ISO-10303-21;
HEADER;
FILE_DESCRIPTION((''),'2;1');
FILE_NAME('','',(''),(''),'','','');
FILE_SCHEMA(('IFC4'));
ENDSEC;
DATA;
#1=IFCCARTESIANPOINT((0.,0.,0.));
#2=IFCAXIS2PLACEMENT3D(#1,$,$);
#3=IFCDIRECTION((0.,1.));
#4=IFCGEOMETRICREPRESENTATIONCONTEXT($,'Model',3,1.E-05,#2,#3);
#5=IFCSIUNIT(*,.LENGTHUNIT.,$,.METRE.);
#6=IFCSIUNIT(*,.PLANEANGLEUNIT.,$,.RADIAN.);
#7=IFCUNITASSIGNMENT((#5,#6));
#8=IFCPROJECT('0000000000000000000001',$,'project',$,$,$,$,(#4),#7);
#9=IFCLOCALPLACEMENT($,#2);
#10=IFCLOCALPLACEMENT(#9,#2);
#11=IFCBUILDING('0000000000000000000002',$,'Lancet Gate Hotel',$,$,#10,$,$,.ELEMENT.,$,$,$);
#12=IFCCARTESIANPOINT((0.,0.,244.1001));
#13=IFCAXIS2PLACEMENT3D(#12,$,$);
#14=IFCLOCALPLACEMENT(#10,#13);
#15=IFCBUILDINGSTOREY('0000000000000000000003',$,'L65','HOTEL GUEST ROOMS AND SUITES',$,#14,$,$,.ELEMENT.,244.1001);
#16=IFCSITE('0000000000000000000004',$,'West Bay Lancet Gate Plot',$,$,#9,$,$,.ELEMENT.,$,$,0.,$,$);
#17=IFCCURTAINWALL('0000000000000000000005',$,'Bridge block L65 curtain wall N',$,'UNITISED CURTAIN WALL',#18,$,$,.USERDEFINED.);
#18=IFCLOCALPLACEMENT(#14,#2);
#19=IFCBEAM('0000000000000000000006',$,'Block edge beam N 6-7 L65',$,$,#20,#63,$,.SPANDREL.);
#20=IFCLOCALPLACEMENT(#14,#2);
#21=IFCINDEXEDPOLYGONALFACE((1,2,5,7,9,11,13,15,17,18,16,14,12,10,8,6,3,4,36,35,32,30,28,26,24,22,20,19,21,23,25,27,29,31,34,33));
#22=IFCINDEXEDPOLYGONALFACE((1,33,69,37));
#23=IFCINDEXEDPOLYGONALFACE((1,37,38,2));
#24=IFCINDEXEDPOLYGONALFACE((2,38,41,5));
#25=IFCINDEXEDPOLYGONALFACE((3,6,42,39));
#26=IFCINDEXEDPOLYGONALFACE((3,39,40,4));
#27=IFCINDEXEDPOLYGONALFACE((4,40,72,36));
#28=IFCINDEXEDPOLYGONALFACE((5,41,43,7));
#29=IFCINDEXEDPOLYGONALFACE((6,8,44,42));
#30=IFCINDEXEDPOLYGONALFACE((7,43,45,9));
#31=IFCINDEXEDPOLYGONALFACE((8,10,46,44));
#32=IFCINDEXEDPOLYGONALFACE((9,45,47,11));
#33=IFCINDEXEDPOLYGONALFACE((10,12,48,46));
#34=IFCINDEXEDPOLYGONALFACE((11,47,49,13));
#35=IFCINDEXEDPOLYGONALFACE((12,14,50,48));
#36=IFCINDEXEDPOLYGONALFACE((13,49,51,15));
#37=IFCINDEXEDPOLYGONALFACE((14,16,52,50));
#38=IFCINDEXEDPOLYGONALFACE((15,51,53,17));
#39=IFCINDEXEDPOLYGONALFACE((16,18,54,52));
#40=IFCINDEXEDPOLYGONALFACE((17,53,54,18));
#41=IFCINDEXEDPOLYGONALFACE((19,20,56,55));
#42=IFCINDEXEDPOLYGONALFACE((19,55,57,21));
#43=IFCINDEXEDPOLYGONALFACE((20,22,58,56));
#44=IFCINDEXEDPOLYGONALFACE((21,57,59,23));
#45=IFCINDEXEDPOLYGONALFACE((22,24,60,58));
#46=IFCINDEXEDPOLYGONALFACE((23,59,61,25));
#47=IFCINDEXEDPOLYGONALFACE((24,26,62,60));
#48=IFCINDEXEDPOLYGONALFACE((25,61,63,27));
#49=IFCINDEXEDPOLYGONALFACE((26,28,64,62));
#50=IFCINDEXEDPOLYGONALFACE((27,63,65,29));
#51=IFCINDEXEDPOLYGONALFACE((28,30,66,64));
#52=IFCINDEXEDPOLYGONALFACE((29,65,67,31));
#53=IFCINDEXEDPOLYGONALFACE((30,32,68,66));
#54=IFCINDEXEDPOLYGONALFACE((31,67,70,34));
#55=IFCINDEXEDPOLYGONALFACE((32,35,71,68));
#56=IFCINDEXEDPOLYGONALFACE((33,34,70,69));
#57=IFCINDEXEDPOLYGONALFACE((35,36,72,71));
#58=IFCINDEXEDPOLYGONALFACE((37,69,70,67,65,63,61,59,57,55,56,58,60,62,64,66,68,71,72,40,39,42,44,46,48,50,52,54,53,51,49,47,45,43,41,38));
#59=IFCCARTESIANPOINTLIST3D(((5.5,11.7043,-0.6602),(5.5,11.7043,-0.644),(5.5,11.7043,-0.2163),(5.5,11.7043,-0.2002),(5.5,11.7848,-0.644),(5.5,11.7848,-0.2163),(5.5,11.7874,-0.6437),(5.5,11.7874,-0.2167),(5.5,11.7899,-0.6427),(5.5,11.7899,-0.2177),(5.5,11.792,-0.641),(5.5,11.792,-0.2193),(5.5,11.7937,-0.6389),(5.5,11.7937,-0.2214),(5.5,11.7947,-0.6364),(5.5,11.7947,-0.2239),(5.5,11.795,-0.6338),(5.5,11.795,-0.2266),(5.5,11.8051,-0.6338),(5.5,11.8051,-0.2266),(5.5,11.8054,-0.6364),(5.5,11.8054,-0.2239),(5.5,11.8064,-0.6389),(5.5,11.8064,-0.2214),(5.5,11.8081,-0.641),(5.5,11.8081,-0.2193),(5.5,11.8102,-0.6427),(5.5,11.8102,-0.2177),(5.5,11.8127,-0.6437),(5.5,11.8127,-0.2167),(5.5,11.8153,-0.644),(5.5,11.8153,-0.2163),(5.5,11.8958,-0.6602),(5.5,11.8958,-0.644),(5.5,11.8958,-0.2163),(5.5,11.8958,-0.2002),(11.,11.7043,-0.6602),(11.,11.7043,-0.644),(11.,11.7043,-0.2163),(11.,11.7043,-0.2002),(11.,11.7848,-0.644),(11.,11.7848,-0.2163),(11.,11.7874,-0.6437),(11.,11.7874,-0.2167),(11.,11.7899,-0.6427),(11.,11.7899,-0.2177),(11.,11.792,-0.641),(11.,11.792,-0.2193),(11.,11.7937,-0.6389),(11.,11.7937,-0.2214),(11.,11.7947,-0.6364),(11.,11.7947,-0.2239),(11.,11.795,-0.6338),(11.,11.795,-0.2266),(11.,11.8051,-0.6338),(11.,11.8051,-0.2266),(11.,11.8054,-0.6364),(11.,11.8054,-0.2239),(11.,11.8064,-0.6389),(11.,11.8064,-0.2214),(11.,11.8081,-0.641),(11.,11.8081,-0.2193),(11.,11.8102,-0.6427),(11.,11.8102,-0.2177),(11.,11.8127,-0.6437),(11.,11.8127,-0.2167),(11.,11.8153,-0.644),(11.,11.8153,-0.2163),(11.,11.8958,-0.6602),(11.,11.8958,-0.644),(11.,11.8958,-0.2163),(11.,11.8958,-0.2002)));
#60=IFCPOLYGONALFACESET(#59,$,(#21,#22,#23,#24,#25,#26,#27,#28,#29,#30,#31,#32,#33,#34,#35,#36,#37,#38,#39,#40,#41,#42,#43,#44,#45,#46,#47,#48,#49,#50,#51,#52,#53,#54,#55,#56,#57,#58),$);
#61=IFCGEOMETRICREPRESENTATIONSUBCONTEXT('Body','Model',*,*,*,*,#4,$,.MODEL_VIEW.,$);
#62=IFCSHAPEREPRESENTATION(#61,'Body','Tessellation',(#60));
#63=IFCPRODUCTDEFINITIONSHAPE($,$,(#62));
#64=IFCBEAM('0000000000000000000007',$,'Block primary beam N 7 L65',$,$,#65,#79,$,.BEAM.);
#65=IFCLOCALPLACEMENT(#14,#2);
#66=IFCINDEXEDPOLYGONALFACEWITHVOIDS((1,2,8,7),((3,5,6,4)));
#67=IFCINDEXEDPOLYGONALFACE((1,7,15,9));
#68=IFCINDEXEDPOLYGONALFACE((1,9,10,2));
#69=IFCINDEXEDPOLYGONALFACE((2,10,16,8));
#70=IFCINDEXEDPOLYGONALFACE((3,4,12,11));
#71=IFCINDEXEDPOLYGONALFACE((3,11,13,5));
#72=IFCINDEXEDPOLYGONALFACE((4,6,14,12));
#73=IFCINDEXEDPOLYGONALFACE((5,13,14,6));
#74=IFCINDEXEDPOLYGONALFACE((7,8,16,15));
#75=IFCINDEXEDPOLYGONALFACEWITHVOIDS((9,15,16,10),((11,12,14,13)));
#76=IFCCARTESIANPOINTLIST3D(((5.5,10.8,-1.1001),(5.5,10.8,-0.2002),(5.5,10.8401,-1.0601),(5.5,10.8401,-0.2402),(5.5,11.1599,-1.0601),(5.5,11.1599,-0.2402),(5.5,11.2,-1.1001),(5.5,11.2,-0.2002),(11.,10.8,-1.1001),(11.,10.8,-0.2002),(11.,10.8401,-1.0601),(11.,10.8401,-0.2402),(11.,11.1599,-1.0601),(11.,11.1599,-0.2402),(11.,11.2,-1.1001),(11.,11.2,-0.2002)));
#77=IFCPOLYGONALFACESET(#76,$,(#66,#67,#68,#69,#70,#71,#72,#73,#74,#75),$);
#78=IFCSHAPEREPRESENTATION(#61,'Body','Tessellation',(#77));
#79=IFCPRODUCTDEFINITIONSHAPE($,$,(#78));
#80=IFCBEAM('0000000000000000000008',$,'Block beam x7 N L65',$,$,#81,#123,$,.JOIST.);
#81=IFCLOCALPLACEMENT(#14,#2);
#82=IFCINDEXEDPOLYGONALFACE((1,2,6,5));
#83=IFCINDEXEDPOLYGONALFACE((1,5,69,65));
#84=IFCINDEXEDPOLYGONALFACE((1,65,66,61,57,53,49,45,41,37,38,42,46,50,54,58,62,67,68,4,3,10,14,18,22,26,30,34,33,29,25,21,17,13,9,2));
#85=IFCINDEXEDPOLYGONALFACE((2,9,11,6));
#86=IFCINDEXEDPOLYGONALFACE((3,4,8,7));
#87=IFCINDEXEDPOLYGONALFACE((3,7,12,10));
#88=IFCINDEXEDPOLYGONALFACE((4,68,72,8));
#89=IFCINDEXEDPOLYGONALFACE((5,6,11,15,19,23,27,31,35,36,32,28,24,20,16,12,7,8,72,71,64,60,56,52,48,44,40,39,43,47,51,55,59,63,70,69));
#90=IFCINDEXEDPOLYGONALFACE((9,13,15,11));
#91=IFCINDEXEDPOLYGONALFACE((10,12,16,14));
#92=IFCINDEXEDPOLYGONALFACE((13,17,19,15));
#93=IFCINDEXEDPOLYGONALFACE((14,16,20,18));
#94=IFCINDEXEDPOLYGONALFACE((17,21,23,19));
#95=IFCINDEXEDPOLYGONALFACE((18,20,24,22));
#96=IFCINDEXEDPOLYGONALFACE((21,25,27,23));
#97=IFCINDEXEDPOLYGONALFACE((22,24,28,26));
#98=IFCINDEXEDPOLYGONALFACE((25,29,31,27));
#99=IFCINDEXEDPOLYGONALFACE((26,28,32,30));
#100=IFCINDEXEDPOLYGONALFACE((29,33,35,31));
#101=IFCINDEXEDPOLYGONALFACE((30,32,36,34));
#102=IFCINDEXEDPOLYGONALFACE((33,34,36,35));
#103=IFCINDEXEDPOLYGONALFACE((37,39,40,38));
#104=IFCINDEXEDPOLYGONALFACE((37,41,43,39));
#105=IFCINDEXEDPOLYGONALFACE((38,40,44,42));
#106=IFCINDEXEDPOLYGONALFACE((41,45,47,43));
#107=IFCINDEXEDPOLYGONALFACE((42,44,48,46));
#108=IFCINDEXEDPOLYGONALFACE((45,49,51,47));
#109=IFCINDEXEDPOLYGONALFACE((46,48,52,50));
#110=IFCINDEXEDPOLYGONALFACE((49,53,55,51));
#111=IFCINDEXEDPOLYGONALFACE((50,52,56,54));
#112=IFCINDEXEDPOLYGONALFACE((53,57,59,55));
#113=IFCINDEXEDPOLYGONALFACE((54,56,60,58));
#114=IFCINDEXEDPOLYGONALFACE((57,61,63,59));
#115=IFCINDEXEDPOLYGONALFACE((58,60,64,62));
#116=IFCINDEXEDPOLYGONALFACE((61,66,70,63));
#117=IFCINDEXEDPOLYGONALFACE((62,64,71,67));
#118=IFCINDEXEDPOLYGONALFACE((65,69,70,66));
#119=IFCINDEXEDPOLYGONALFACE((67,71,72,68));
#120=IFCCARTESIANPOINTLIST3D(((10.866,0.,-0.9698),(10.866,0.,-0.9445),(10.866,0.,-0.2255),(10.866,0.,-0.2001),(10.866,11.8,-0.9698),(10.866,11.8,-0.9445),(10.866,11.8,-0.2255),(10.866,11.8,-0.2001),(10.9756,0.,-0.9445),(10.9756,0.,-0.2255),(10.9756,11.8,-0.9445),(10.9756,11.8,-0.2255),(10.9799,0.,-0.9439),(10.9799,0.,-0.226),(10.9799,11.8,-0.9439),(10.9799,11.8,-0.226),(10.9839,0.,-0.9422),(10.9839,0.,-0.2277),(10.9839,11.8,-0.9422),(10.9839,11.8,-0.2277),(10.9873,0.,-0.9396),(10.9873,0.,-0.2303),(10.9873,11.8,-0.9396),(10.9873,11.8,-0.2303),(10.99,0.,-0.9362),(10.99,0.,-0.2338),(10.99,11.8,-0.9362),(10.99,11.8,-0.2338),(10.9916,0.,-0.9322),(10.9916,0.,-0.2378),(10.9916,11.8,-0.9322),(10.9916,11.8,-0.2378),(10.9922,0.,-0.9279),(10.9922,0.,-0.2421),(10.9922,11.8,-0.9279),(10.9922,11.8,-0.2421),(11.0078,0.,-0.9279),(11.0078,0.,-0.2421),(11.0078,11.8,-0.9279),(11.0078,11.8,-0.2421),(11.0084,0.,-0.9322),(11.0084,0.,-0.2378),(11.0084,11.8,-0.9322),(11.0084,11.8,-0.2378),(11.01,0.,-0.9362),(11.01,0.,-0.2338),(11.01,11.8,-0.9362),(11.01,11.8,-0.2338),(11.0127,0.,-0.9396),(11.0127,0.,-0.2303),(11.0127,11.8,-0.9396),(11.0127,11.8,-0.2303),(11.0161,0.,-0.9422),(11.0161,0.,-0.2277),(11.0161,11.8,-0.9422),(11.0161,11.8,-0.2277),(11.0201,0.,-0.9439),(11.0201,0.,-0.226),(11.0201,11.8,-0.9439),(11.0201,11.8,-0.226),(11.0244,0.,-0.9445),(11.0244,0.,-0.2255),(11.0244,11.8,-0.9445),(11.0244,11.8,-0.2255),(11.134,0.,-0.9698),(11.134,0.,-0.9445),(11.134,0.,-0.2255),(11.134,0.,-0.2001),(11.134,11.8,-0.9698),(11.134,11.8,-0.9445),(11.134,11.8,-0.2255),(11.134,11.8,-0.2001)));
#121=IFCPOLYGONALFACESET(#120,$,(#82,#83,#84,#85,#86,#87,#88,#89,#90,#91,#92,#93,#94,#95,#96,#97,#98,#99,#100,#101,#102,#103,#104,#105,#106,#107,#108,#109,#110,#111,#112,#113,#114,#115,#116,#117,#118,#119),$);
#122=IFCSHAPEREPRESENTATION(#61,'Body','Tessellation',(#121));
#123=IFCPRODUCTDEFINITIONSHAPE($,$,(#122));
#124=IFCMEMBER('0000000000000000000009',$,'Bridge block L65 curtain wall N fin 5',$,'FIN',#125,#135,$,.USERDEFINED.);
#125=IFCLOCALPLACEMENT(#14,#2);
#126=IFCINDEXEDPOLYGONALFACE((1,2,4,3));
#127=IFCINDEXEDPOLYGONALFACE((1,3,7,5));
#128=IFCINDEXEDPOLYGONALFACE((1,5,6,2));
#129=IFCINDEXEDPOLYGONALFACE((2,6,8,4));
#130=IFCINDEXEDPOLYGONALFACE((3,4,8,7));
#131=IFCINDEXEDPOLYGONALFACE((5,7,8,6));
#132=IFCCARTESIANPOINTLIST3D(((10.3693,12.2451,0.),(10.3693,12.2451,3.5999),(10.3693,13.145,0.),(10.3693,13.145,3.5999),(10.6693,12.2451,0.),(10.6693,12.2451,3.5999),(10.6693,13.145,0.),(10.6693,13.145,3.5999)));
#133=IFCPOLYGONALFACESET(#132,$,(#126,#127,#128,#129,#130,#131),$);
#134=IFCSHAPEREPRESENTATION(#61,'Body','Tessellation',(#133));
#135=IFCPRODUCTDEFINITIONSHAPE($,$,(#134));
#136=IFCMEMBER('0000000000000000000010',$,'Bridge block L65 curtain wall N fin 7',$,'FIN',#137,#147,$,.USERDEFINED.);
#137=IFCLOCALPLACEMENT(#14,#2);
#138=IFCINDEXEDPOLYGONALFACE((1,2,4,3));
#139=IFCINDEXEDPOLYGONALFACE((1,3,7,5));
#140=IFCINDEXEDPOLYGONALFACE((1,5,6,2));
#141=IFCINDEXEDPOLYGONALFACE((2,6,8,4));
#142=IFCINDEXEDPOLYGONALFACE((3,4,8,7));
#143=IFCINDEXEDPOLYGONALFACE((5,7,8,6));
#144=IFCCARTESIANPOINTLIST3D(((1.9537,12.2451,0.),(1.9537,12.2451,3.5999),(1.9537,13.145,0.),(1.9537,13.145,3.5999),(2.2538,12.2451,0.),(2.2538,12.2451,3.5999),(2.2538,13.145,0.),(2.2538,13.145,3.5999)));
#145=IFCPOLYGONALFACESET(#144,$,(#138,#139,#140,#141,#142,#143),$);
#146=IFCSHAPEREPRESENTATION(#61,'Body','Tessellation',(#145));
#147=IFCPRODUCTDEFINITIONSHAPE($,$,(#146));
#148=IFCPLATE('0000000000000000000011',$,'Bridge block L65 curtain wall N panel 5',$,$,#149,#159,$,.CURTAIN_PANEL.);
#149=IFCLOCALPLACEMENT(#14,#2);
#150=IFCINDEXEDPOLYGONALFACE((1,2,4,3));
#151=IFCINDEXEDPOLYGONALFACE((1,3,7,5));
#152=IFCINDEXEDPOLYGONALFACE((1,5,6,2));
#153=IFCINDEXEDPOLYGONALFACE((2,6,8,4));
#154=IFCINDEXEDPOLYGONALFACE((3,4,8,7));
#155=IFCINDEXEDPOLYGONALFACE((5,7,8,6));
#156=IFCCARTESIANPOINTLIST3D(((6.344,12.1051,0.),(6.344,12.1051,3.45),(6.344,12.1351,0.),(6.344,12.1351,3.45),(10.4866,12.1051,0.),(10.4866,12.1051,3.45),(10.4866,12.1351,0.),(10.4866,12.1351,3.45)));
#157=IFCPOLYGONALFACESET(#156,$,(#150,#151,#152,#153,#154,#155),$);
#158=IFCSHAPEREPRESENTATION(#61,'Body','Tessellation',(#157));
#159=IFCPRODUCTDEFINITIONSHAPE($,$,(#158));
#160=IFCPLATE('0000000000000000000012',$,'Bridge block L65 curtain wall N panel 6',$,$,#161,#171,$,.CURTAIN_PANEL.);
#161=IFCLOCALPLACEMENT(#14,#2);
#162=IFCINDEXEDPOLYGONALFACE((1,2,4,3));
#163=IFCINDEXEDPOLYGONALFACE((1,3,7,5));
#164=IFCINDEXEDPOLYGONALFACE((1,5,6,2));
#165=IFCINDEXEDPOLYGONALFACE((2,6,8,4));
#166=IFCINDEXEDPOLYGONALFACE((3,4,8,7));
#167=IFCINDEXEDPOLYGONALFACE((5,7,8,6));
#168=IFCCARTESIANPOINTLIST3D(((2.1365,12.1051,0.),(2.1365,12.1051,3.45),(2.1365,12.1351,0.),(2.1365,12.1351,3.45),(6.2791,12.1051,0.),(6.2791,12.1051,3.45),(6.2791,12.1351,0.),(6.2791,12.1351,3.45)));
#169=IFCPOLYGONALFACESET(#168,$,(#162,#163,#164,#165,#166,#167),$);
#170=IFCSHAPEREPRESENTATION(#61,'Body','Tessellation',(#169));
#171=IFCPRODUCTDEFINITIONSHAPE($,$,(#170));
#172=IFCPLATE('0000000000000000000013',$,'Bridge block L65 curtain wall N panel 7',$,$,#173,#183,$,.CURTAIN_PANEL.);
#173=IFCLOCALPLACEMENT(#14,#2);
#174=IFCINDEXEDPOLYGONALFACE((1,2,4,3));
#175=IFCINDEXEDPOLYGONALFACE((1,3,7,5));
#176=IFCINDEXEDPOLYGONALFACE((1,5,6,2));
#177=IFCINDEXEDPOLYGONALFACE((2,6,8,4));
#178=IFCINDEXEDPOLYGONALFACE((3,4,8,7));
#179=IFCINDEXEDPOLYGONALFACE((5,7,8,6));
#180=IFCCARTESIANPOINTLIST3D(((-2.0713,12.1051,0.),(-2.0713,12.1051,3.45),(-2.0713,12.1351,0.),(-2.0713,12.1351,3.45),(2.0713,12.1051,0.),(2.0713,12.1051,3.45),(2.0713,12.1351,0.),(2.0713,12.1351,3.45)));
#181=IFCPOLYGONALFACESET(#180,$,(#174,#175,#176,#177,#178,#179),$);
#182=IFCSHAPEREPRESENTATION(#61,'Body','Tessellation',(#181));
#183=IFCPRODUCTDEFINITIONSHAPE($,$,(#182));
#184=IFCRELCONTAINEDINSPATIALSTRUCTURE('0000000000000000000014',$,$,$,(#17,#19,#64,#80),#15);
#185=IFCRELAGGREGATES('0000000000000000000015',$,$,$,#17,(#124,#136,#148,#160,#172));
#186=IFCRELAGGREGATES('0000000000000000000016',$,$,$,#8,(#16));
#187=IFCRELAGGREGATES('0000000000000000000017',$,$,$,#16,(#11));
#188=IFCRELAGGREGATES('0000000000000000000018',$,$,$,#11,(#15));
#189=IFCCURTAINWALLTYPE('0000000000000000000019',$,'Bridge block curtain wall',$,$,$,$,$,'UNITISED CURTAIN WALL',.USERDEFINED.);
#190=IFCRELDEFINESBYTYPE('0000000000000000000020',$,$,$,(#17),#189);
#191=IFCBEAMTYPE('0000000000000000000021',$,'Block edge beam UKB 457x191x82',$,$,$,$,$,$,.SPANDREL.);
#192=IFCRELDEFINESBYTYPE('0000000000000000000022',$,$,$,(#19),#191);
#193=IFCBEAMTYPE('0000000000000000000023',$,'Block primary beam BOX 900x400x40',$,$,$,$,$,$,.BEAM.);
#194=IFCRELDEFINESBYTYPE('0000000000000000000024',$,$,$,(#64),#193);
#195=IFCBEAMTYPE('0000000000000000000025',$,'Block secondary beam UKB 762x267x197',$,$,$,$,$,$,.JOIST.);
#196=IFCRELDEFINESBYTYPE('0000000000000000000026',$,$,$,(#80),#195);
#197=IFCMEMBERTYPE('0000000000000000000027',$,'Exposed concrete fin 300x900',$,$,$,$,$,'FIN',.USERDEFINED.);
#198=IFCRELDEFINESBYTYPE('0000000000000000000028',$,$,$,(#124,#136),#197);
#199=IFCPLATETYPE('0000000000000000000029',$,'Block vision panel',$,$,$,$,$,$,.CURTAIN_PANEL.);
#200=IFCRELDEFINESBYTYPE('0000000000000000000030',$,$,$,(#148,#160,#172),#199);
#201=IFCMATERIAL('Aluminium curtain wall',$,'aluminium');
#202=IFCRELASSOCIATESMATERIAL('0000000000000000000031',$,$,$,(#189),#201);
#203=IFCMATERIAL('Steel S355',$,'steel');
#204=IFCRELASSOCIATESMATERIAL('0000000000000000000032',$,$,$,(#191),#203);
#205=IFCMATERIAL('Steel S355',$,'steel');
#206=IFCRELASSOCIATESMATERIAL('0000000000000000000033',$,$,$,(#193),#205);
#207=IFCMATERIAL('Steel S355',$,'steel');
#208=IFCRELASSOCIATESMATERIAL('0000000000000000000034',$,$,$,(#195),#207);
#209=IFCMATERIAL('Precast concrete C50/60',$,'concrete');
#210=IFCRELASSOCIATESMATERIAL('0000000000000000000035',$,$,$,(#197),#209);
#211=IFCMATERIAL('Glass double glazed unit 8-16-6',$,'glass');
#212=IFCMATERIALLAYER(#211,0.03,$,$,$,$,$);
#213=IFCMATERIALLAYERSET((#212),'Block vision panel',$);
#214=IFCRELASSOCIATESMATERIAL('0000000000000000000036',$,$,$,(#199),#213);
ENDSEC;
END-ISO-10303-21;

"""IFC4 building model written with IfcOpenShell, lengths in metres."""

from ifc_helpers import new_model, si_unit, direction, frame, origin, origin_2d, place, context, subcontext, project, spatial, rectangle, hollow_rectangle, i_section, extrude, material, layer, layer_set, material_profile, profile_set, type_object, element, aggregate, save


model = new_model("IFC4")

# Units and contexts
model_context = context("Model", 3, precision=1e-05, world=origin(), true_north=direction((0.0, 1.0)))
body_context = subcontext(model_context, "Body", "Model", "MODEL_VIEW")
ifc_project = project(units=[si_unit("LENGTHUNIT", "METRE"), si_unit("PLANEANGLEUNIT", "RADIAN")], contexts=[model_context])

# Site, building, storey
site_placement = place(None, origin())
site = spatial("IfcSite", under=ifc_project, at=site_placement, Name="West Bay Lancet Gate Plot", CompositionType="ELEMENT", RefElevation=0.0)
building_placement = place(site_placement, origin())
building = spatial("IfcBuilding", under=site, at=building_placement, Name="Lancet Gate Hotel", CompositionType="ELEMENT")
storey_placement = place(building_placement, frame((0.0, 0.0, 244.1001)))
storey = spatial("IfcBuildingStorey", under=building, at=storey_placement, Name="L65", Description="HOTEL GUEST ROOMS AND SUITES", CompositionType="ELEMENT", Elevation=244.1001)

# Curtain wall
ifc_material_1 = material(Name="Aluminium curtain wall", Category="aluminium")
curtain_wall_type = type_object("IfcCurtainWallType", Name="Bridge block curtain wall", ElementType="UNITISED CURTAIN WALL", PredefinedType="USERDEFINED", material=ifc_material_1)
curtain_wall_placement = place(storey_placement, origin())
curtain_wall = element("IfcCurtainWall", 1, at=curtain_wall_placement, inside=storey, type_object=curtain_wall_type, Name="Bridge block L65 curtain wall N", ObjectType="UNITISED CURTAIN WALL", PredefinedType="USERDEFINED")

# Beams
ifc_material_2 = material(Name="Steel S355", Category="steel")
ifc_material_profile_1 = material_profile(ifc_material_2, i_section(OverallWidth=0.1914, OverallDepth=0.46, WebThickness=0.01, FlangeThickness=0.0161, FilletRadius=0.0103, at=origin_2d()), Name="UKB 457x191x82")
ifc_profile_set_1 = profile_set([ifc_material_profile_1], Name="Steel S355")
beam_type_1 = type_object("IfcBeamType", Name="Block edge beam UKB 457x191x82", PredefinedType="SPANDREL", material=ifc_profile_set_1)
beam_1_placement = place(storey_placement, frame((5.5, 11.8, -0.4302), z_axis=(1.0, 0.0, 0.0), x_axis=(0.0, 1.0, 0.0)))
element("IfcBeam", 2, at=beam_1_placement, inside=storey, type_object=beam_type_1, Name="Block edge beam N 6-7 L65", PredefinedType="SPANDREL", context=body_context, shape_type="SweptSolid", body=[
    extrude(i_section(OverallWidth=0.1914, OverallDepth=0.46, WebThickness=0.01, FlangeThickness=0.0161, FilletRadius=0.0103, at=origin_2d()), origin(), (0.0, 0.0, 1.0), 5.5),
])
ifc_material_3 = material(Name="Steel S355", Category="steel")
ifc_material_profile_2 = material_profile(ifc_material_3, hollow_rectangle(XDim=0.3999, YDim=0.8999, WallThickness=0.04, at=origin_2d()), Name="BOX 900x400x40")
ifc_profile_set_2 = profile_set([ifc_material_profile_2], Name="Steel S355")
beam_type_2 = type_object("IfcBeamType", Name="Block primary beam BOX 900x400x40", PredefinedType="BEAM", material=ifc_profile_set_2)
beam_2_placement = place(storey_placement, frame((5.5, 11.0, -0.6501), z_axis=(1.0, 0.0, 0.0), x_axis=(0.0, 1.0, 0.0)))
element("IfcBeam", 3, at=beam_2_placement, inside=storey, type_object=beam_type_2, Name="Block primary beam N 7 L65", PredefinedType="BEAM", context=body_context, shape_type="SweptSolid", body=[
    extrude(hollow_rectangle(XDim=0.3999, YDim=0.8999, WallThickness=0.04, at=origin_2d()), origin(), (0.0, 0.0, 1.0), 5.5),
])
ifc_material_4 = material(Name="Steel S355", Category="steel")
ifc_material_profile_3 = material_profile(ifc_material_4, i_section(OverallWidth=0.2681, OverallDepth=0.7698, WebThickness=0.0156, FlangeThickness=0.0254, FilletRadius=0.0166, at=origin_2d()), Name="UKB 762x267x197")
ifc_profile_set_3 = profile_set([ifc_material_profile_3], Name="Steel S355")
beam_type_3 = type_object("IfcBeamType", Name="Block secondary beam UKB 762x267x197", PredefinedType="JOIST", material=ifc_profile_set_3)
beam_3_placement = place(storey_placement, frame((11.0, 0.0, -0.585), z_axis=(0.0, 1.0, 0.0), x_axis=(-1.0, 0.0, 0.0)))
element("IfcBeam", 4, at=beam_3_placement, inside=storey, type_object=beam_type_3, Name="Block beam x7 N L65", PredefinedType="JOIST", context=body_context, shape_type="SweptSolid", body=[
    extrude(i_section(OverallWidth=0.2681, OverallDepth=0.7698, WebThickness=0.0156, FlangeThickness=0.0254, FilletRadius=0.0166, at=origin_2d()), origin(), (0.0, 0.0, 1.0), 11.8),
])

# Members
ifc_material_5 = material(Name="Precast concrete C50/60", Category="concrete")
ifc_material_profile_4 = material_profile(ifc_material_5, rectangle(XDim=0.3, YDim=0.8999, at=origin_2d()), Name="FIN 300x900")
ifc_profile_set_4 = profile_set([ifc_material_profile_4], Name="Precast concrete C50/60")
member_type_1 = type_object("IfcMemberType", Name="Exposed concrete fin 300x900", ElementType="FIN", PredefinedType="USERDEFINED", material=ifc_profile_set_4)
member_1_placement = place(storey_placement, frame((10.5193, 12.6951, 0.0), z_axis=(0.0, 0.0, 1.0), x_axis=(-1.0, 0.0, 0.0)))
member_1 = element("IfcMember", 5, at=member_1_placement, type_object=member_type_1, Name="Bridge block L65 curtain wall N fin 5", ObjectType="FIN", PredefinedType="USERDEFINED", context=body_context, shape_type="SweptSolid", body=[
    extrude(rectangle(XDim=0.3, YDim=0.8999, at=origin_2d()), origin(), (0.0, 0.0, 1.0), 3.5999),
])
member_2_placement = place(storey_placement, frame((2.1038, 12.6951, 0.0), z_axis=(0.0, 0.0, 1.0), x_axis=(-1.0, 0.0, 0.0)))
member_2 = element("IfcMember", 6, at=member_2_placement, type_object=member_type_1, Name="Bridge block L65 curtain wall N fin 7", ObjectType="FIN", PredefinedType="USERDEFINED", context=body_context, shape_type="SweptSolid", body=[
    extrude(rectangle(XDim=0.3, YDim=0.8999, at=origin_2d()), origin(), (0.0, 0.0, 1.0), 3.5999),
])

# Plates
ifc_material_6 = material(Name="Glass double glazed unit 8-16-6", Category="glass")
ifc_layer_1 = layer(ifc_material_6, 0.03)
ifc_layer_set_1 = layer_set([ifc_layer_1], Name="Block vision panel")
plate_type = type_object("IfcPlateType", Name="Block vision panel", PredefinedType="CURTAIN_PANEL", material=ifc_layer_set_1)
plate_1_placement = place(storey_placement, frame((8.4153, 12.1201, 0.0), z_axis=(0.0, 0.0, 1.0), x_axis=(-1.0, 0.0, 0.0)))
plate_1 = element("IfcPlate", 7, at=plate_1_placement, type_object=plate_type, Name="Bridge block L65 curtain wall N panel 5", PredefinedType="CURTAIN_PANEL", context=body_context, shape_type="SweptSolid", body=[
    extrude(rectangle(XDim=4.1426, YDim=0.03, at=origin_2d()), origin(), (0.0, 0.0, 1.0), 3.45),
])
plate_2_placement = place(storey_placement, frame((4.2078, 12.1201, 0.0), z_axis=(0.0, 0.0, 1.0), x_axis=(-1.0, 0.0, 0.0)))
plate_2 = element("IfcPlate", 8, at=plate_2_placement, type_object=plate_type, Name="Bridge block L65 curtain wall N panel 6", PredefinedType="CURTAIN_PANEL", context=body_context, shape_type="SweptSolid", body=[
    extrude(rectangle(XDim=4.1426, YDim=0.03, at=origin_2d()), origin(), (0.0, 0.0, 1.0), 3.45),
])
plate_3_placement = place(storey_placement, frame((0.0, 12.1201, 0.0), z_axis=(0.0, 0.0, 1.0), x_axis=(-1.0, 0.0, 0.0)))
plate_3 = element("IfcPlate", 9, at=plate_3_placement, type_object=plate_type, Name="Bridge block L65 curtain wall N panel 7", PredefinedType="CURTAIN_PANEL", context=body_context, shape_type="SweptSolid", body=[
    extrude(rectangle(XDim=4.1426, YDim=0.03, at=origin_2d()), origin(), (0.0, 0.0, 1.0), 3.45),
])
aggregate(curtain_wall, [member_1, member_2, plate_1, plate_2, plate_3])

save(model, "model.ifc")
